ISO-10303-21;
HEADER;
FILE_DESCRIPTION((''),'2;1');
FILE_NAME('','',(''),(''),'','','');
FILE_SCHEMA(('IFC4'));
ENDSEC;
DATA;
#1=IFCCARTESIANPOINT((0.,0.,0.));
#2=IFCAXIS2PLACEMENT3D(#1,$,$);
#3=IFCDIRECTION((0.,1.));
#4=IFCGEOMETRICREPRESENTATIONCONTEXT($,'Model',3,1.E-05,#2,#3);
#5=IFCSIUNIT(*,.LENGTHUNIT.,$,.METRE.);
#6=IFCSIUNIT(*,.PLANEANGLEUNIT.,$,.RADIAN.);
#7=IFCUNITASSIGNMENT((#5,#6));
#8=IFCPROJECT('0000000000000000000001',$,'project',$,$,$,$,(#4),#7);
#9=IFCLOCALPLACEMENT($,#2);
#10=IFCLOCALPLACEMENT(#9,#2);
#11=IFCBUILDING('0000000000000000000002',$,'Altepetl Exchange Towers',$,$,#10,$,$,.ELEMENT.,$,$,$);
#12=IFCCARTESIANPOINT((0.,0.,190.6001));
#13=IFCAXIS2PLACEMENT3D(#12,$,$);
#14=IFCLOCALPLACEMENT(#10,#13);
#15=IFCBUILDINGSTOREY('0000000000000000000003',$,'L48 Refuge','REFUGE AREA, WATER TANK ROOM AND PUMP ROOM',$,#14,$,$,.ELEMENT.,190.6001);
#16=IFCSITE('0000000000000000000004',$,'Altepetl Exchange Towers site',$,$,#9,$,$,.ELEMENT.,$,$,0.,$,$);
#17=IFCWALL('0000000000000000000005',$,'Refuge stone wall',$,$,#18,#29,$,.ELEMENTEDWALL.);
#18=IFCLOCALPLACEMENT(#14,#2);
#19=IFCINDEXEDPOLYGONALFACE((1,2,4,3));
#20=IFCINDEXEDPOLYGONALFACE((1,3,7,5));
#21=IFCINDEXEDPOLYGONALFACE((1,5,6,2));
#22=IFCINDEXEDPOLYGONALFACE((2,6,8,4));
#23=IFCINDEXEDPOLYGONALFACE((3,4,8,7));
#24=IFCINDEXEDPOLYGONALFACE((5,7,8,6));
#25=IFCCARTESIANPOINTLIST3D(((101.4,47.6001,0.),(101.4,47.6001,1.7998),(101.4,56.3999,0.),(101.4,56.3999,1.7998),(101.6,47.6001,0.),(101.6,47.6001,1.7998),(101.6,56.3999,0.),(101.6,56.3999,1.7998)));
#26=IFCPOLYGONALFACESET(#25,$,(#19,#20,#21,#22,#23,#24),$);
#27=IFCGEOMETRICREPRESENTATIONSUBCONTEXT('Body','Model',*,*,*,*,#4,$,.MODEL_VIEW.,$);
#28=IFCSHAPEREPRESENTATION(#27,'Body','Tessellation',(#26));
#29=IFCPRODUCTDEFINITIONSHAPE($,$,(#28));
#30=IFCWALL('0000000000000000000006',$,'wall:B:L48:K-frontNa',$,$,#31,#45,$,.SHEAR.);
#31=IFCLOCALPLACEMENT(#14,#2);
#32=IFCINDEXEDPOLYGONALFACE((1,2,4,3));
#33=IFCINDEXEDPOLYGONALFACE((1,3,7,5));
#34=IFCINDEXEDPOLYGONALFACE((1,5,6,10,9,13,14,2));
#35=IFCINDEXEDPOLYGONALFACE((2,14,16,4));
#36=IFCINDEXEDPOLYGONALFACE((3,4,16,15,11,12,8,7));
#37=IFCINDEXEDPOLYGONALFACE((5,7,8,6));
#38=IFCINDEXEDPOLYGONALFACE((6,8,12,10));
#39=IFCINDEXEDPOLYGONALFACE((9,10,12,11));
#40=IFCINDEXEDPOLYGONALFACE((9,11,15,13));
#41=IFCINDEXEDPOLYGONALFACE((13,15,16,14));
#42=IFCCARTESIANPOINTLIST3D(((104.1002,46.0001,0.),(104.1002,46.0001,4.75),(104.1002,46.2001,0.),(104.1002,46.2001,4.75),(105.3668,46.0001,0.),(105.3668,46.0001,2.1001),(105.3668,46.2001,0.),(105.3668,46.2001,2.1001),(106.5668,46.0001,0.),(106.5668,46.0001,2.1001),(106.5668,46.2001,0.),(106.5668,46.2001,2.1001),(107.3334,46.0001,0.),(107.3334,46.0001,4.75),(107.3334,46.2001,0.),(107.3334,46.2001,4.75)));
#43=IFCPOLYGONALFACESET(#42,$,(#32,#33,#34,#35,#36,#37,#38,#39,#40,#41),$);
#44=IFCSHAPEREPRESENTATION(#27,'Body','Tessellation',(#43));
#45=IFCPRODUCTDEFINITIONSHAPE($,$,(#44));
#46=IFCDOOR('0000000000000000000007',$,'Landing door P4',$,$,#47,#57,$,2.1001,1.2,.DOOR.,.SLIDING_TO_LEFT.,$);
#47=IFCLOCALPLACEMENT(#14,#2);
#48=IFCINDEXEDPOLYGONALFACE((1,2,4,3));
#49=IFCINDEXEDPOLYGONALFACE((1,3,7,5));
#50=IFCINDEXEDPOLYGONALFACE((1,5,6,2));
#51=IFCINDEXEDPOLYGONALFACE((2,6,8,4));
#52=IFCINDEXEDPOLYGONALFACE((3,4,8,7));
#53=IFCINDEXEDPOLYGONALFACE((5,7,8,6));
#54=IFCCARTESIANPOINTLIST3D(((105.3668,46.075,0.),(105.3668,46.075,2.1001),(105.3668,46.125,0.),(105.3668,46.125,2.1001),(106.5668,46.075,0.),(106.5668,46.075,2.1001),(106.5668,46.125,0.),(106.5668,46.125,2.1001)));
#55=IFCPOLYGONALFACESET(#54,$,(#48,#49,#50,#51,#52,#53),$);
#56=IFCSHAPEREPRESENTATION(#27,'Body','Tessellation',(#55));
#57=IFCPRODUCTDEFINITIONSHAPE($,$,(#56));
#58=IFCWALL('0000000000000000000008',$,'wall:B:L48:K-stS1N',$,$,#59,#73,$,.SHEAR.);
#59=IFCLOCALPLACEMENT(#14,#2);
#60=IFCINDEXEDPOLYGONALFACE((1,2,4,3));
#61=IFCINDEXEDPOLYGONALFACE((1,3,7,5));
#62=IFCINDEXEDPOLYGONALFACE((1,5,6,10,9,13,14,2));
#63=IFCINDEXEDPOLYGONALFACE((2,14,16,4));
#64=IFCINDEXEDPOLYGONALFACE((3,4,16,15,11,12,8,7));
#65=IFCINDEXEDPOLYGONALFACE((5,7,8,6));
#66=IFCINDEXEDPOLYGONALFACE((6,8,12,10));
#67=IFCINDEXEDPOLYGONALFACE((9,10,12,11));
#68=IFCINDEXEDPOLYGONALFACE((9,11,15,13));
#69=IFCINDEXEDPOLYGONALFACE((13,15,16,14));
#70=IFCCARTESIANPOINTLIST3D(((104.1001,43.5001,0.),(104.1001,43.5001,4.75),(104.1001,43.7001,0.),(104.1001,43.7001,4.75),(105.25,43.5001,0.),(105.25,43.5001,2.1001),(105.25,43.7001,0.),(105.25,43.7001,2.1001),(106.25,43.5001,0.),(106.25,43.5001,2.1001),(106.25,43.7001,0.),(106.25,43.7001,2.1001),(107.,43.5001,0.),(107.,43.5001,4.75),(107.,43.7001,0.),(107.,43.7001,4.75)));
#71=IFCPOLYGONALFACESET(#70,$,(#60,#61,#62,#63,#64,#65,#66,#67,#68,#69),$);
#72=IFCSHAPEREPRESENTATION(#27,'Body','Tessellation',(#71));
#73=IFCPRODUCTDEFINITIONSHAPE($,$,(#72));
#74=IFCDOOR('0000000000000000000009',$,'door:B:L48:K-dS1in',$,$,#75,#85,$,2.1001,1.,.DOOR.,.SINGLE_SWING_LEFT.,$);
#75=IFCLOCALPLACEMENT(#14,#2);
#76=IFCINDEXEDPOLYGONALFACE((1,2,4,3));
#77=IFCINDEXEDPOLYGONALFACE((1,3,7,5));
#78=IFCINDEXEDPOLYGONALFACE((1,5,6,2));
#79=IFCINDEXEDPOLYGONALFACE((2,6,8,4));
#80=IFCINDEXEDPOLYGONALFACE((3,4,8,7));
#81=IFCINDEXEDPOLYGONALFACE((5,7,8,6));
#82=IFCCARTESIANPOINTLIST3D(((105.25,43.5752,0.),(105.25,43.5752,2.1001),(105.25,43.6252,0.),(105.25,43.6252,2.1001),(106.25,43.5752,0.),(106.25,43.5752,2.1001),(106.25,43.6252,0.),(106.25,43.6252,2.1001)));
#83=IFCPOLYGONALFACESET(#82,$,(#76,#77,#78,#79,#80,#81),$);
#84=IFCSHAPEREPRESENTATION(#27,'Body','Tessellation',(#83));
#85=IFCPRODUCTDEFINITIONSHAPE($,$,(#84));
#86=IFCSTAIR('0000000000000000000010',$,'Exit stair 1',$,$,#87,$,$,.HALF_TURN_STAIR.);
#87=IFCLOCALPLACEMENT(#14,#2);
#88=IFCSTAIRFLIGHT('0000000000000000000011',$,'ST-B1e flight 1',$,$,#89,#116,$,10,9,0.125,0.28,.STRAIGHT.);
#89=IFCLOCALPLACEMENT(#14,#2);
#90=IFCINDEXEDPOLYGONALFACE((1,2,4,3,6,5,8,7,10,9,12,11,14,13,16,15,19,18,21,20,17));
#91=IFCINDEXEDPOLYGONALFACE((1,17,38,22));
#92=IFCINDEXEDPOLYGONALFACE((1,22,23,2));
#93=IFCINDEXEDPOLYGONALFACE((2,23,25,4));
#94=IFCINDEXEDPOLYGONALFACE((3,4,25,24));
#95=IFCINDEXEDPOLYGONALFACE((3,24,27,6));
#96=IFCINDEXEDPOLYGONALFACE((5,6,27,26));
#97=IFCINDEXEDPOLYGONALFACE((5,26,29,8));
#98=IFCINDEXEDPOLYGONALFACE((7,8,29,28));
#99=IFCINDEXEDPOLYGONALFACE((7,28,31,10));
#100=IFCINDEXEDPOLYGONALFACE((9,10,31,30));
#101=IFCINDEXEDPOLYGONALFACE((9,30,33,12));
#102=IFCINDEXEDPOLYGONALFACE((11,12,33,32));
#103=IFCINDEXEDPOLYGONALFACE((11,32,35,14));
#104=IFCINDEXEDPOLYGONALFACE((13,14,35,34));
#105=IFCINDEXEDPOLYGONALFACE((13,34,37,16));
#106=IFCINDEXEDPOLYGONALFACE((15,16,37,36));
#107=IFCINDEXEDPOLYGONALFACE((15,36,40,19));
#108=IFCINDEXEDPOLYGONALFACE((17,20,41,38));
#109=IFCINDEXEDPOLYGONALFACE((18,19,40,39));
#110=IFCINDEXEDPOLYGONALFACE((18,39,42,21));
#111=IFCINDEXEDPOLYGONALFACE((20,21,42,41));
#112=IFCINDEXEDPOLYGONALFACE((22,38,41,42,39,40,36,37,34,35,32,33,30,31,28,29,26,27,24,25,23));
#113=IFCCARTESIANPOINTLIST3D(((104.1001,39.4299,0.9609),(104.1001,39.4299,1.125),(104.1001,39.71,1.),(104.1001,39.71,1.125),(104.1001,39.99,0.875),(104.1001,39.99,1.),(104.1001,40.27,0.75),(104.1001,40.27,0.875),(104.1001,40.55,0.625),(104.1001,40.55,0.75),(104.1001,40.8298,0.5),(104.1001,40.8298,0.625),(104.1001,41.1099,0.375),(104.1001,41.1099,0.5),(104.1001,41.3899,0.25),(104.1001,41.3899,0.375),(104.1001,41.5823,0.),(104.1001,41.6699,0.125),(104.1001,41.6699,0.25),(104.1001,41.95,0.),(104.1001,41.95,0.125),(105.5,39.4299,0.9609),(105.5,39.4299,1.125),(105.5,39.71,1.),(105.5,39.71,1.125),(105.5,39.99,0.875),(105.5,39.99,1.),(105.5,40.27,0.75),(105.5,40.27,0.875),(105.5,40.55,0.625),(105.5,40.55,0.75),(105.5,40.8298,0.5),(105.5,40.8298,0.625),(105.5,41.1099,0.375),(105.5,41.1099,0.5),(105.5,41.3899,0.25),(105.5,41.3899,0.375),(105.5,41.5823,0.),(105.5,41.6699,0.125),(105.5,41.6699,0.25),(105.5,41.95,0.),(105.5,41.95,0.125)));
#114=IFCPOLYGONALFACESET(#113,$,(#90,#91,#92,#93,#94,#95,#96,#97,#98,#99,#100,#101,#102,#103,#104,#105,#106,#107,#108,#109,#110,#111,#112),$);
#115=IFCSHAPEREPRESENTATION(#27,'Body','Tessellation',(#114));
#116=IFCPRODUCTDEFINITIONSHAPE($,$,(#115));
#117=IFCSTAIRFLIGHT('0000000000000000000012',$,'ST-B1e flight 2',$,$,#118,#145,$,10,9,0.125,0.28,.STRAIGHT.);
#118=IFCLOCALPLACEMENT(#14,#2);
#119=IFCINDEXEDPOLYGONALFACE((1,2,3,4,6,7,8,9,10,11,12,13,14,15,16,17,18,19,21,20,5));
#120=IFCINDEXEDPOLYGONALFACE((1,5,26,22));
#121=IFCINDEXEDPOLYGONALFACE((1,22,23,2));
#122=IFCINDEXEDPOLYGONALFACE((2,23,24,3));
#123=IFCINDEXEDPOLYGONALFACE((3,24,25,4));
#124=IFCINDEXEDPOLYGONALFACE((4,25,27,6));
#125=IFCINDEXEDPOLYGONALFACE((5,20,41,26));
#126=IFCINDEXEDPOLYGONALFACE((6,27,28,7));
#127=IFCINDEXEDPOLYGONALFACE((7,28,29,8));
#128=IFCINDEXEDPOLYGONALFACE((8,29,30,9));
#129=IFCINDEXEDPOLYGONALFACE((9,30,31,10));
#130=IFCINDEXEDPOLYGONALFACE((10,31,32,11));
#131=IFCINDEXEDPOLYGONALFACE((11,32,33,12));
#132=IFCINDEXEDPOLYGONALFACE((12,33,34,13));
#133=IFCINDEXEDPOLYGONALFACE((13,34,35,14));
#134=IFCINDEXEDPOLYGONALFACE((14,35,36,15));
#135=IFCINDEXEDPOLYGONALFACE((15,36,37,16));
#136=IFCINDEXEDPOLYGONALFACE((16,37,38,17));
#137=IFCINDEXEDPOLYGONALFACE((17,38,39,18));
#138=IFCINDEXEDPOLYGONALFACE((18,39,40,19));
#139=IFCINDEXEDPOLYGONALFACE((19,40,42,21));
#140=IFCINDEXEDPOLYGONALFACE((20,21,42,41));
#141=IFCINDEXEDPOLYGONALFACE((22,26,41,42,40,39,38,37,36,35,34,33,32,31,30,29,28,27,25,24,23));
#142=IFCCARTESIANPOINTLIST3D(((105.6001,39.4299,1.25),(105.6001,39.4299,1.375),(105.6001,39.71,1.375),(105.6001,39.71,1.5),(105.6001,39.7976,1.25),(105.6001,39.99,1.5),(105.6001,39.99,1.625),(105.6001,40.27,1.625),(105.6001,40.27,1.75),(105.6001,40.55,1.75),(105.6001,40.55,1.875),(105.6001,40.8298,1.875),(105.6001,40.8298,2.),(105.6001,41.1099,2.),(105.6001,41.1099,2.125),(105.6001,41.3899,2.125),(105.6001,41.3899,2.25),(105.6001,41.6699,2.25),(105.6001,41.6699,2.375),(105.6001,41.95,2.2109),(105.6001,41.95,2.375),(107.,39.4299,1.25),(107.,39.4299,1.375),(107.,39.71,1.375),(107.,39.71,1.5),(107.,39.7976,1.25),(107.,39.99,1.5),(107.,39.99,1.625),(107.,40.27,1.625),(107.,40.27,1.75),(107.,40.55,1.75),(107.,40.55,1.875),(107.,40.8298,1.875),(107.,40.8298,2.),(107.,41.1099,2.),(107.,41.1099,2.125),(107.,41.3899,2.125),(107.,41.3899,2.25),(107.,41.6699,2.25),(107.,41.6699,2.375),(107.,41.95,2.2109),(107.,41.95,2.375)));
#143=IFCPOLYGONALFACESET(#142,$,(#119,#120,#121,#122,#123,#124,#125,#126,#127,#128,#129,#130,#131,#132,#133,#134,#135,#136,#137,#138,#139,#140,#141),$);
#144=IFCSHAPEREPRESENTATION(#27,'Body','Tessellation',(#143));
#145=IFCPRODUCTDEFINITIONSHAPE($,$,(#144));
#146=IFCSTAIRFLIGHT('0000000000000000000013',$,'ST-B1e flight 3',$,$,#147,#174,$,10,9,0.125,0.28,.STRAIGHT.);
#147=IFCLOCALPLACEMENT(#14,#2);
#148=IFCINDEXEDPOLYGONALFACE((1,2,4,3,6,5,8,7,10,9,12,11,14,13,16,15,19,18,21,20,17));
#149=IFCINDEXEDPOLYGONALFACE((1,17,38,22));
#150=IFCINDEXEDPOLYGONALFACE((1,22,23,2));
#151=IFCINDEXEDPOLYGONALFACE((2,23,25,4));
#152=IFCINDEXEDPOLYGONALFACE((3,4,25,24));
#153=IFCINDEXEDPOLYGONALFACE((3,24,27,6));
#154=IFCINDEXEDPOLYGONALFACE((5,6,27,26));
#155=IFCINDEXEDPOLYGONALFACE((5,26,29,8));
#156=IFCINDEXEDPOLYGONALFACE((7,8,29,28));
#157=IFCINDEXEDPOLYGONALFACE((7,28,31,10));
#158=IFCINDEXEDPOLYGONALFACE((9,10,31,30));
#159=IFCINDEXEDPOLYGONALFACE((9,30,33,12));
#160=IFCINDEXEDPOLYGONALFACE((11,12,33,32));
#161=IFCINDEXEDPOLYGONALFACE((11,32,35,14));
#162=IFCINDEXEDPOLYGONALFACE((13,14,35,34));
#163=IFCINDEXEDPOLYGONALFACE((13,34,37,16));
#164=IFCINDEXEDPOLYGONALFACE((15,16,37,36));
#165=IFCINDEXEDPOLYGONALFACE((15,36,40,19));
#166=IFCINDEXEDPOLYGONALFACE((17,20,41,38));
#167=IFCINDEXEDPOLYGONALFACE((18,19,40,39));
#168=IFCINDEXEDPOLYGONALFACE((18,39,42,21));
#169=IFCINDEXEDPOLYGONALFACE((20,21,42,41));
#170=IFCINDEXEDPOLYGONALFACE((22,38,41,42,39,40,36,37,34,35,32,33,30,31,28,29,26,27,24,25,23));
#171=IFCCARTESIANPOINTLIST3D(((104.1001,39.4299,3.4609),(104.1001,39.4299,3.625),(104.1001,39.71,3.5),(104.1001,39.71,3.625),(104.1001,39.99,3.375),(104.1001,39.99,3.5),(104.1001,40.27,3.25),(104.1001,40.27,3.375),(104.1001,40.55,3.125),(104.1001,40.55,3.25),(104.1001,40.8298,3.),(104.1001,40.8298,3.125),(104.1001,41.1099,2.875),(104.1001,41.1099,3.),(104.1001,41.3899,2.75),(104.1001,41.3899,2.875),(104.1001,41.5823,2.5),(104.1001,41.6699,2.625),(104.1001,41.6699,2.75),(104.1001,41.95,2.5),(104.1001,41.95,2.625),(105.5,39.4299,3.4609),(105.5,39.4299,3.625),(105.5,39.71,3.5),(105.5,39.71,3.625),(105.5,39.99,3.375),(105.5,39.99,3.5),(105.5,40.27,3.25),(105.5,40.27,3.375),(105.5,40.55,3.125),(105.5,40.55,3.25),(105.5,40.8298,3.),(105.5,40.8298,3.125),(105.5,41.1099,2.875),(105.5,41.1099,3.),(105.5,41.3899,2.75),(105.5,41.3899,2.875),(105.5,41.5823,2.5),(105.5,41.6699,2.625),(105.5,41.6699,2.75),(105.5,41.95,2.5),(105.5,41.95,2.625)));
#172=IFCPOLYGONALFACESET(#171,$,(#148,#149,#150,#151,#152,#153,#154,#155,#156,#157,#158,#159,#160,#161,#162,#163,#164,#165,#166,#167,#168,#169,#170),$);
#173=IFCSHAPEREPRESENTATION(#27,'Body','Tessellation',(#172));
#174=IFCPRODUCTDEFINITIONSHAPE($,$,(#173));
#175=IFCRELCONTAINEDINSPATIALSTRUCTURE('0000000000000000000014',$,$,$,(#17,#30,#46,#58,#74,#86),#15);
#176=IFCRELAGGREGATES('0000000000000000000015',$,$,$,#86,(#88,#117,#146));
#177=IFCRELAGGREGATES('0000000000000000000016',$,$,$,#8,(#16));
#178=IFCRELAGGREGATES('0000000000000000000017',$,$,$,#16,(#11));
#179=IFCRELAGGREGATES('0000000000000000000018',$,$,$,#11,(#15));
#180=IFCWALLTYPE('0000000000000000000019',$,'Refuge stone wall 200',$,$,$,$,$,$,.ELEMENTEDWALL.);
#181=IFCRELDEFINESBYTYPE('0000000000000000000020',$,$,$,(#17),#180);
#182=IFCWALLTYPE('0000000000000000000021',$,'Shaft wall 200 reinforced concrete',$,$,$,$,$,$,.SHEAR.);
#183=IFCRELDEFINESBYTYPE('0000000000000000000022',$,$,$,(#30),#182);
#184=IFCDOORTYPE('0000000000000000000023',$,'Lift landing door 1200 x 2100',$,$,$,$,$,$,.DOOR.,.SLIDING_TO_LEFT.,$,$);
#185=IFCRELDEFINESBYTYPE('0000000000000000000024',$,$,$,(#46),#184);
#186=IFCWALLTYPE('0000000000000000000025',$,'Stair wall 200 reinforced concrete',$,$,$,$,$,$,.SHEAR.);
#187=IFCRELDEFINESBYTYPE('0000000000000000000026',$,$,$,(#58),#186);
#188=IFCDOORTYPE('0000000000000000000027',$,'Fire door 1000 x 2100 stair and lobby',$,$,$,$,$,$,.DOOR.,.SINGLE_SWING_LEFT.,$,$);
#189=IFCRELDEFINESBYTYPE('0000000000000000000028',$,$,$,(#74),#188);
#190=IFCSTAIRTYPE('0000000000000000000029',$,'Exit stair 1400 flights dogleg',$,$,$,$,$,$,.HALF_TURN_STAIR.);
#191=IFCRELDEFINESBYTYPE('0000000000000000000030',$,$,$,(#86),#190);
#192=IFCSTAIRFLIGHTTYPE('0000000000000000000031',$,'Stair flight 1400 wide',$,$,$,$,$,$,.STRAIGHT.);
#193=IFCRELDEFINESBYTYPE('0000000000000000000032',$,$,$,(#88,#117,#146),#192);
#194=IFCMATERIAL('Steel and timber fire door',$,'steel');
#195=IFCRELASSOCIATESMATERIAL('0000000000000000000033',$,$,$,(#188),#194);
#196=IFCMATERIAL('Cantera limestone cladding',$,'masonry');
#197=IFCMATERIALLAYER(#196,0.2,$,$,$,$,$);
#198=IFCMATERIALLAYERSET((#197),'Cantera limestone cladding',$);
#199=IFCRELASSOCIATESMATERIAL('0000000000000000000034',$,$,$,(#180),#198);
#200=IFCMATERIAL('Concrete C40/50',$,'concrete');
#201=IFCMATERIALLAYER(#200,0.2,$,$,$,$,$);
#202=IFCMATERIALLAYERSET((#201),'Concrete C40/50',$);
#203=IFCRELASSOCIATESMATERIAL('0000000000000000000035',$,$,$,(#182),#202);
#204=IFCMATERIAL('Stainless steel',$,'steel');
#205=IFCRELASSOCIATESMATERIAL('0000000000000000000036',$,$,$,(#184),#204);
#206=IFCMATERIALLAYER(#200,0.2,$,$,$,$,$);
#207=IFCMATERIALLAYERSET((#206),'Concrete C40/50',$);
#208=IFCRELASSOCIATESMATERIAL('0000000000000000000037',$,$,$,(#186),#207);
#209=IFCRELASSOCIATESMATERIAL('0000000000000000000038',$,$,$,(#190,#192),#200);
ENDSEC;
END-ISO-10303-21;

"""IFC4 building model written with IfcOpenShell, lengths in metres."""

from ifc_helpers import new_model, si_unit, direction, frame, frame_2d, origin, place, context, subcontext, project, spatial, polyline, rectangle, outline, extrude, material, layer, layer_set, type_object, element, fill, aggregate, save


model = new_model("IFC4")

# Units and contexts
model_context = context("Model", 3, precision=1e-05, world=origin(), true_north=direction((0.0, 1.0)))
body_context = subcontext(model_context, "Body", "Model", "MODEL_VIEW")
ifc_project = project(units=[si_unit("LENGTHUNIT", "METRE"), si_unit("PLANEANGLEUNIT", "RADIAN")], contexts=[model_context])

# Site, building, storey
site_placement = place(None, origin())
site = spatial("IfcSite", under=ifc_project, at=site_placement, Name="Altepetl Exchange Towers site", CompositionType="ELEMENT", RefElevation=0.0)
building_placement = place(site_placement, origin())
building = spatial("IfcBuilding", under=site, at=building_placement, Name="Altepetl Exchange Towers", CompositionType="ELEMENT")
storey_placement = place(building_placement, frame((0.0, 0.0, 190.6001)))
storey = spatial("IfcBuildingStorey", under=building, at=storey_placement, Name="L48 Refuge", Description="REFUGE AREA, WATER TANK ROOM AND PUMP ROOM", CompositionType="ELEMENT", Elevation=190.6001)

# Shared definitions
ifc_material_1 = material(Name="Steel and timber fire door", Category="steel")
door_type_1 = type_object("IfcDoorType", Name="Fire door 1000 x 2100 stair and lobby", OperationType="SINGLE_SWING_LEFT", PredefinedType="DOOR", material=ifc_material_1)

# Wall
ifc_material_2 = material(Name="Cantera limestone cladding", Category="masonry")
ifc_layer_1 = layer(ifc_material_2, 0.2)
ifc_layer_set_1 = layer_set([ifc_layer_1], Name="Cantera limestone cladding")
wall_type_1 = type_object("IfcWallType", Name="Refuge stone wall 200", PredefinedType="ELEMENTEDWALL", material=ifc_layer_set_1)
wall_1_placement = place(storey_placement, frame((101.5, 47.6001, 0.0), z_axis=(0.0, 0.0, 1.0), x_axis=(0.0, 1.0, 0.0)))
element("IfcWall", 1, at=wall_1_placement, inside=storey, type_object=wall_type_1, Name="Refuge stone wall", PredefinedType="ELEMENTEDWALL", context=body_context, shape_type="SweptSolid", body=[
    extrude(rectangle(XDim=8.7998, YDim=0.2, at=frame_2d((4.3999, 0.0))), origin(), (0.0, 0.0, 1.0), 1.7998),
])

# Walls, openings, doors
ifc_material_3 = material(Name="Concrete C40/50", Category="concrete")
ifc_layer_2 = layer(ifc_material_3, 0.2)
ifc_layer_set_2 = layer_set([ifc_layer_2], Name="Concrete C40/50")
wall_type_2 = type_object("IfcWallType", Name="Shaft wall 200 reinforced concrete", PredefinedType="SHEAR", material=ifc_layer_set_2)
wall_2_placement = place(storey_placement, frame((104.1001, 46.1001, 0.0)))
wall_2 = element("IfcWall", 2, at=wall_2_placement, inside=storey, type_object=wall_type_2, Name="wall:B:L48:K-frontNa", PredefinedType="SHEAR", context=body_context, shape_type="SweptSolid", body=[
    extrude(rectangle(XDim=3.2332, YDim=0.2, at=frame_2d((1.6167, 0.0))), origin(), (0.0, 0.0, 1.0), 4.75),
])
opening_1_placement = place(wall_2_placement, frame((1.2666, 0.0, 0.0)))
opening_1 = element("IfcOpeningElement", 3, at=opening_1_placement, cuts=wall_2, PredefinedType="OPENING", context=body_context, shape_type="SweptSolid", body=[
    extrude(rectangle(XDim=1.2, YDim=2.1001, at=frame_2d((0.6001, 1.05))), frame((0.0, 0.1099, 0.0), z_axis=(0.0, -1.0, 0.0), x_axis=(1.0, 0.0, 0.0)), (0.0, 0.0, 1.0), 0.22),
])
ifc_material_4 = material(Name="Stainless steel", Category="steel")
door_type_2 = type_object("IfcDoorType", Name="Lift landing door 1200 x 2100", OperationType="SLIDING_TO_LEFT", PredefinedType="DOOR", material=ifc_material_4)
door_1_placement = place(opening_1_placement, origin())
door_1 = element("IfcDoor", 4, at=door_1_placement, inside=storey, type_object=door_type_2, Name="Landing door P4", OperationType="SLIDING_TO_LEFT", OverallHeight=2.1001, OverallWidth=1.2, PredefinedType="DOOR", context=body_context, shape_type="SweptSolid", body=[
    extrude(rectangle(XDim=1.2, YDim=2.1001, at=frame_2d((0.6001, 1.05))), frame((0.0, 0.0249, 0.0), z_axis=(0.0, -1.0, 0.0), x_axis=(1.0, 0.0, 0.0)), (0.0, 0.0, 1.0), 0.05),
])
fill(opening_1, door_1)
ifc_layer_3 = layer(ifc_material_3, 0.2)
ifc_layer_set_3 = layer_set([ifc_layer_3], Name="Concrete C40/50")
wall_type_3 = type_object("IfcWallType", Name="Stair wall 200 reinforced concrete", PredefinedType="SHEAR", material=ifc_layer_set_3)
wall_3_placement = place(storey_placement, frame((104.1001, 43.6001, 0.0)))
wall_3 = element("IfcWall", 5, at=wall_3_placement, inside=storey, type_object=wall_type_3, Name="wall:B:L48:K-stS1N", PredefinedType="SHEAR", context=body_context, shape_type="SweptSolid", body=[
    extrude(rectangle(XDim=2.8999, YDim=0.2, at=frame_2d((1.45, 0.0))), origin(), (0.0, 0.0, 1.0), 4.75),
])
opening_2_placement = place(wall_3_placement, frame((1.1499, 0.0, 0.0)))
opening_2 = element("IfcOpeningElement", 6, at=opening_2_placement, cuts=wall_3, PredefinedType="OPENING", context=body_context, shape_type="SweptSolid", body=[
    extrude(rectangle(XDim=1.0, YDim=2.1001, at=frame_2d((0.5, 1.05))), frame((0.0, 0.1099, 0.0), z_axis=(0.0, -1.0, 0.0), x_axis=(1.0, 0.0, 0.0)), (0.0, 0.0, 1.0), 0.22),
])
door_2_placement = place(opening_2_placement, frame((1.0, 0.0, 0.0), x_axis=(-1.0, 0.0, 0.0)))
door_2 = element("IfcDoor", 7, at=door_2_placement, inside=storey, type_object=door_type_1, Name="door:B:L48:K-dS1in", OperationType="SINGLE_SWING_LEFT", OverallHeight=2.1001, OverallWidth=1.0, PredefinedType="DOOR", context=body_context, shape_type="SweptSolid", body=[
    extrude(rectangle(XDim=1.0, YDim=2.1001, at=frame_2d((0.5, 1.05))), frame((0.0, 0.0249, 0.0), z_axis=(0.0, -1.0, 0.0), x_axis=(1.0, 0.0, 0.0)), (0.0, 0.0, 1.0), 0.05),
])
fill(opening_2, door_2)

# Stair, stair flights
stair_type = type_object("IfcStairType", Name="Exit stair 1400 flights dogleg", PredefinedType="HALF_TURN_STAIR", material=ifc_material_3)
stair_placement = place(storey_placement, origin())
stair = element("IfcStair", 8, at=stair_placement, inside=storey, type_object=stair_type, Name="Exit stair 1", PredefinedType="HALF_TURN_STAIR")
stair_flight_type = type_object("IfcStairFlightType", Name="Stair flight 1400 wide", PredefinedType="STRAIGHT", material=ifc_material_3)
stair_flight_1_placement = place(storey_placement, frame((104.8, 41.95, 0.0), z_axis=(0.0, 0.0, 1.0), x_axis=(0.0, -1.0, 0.0)))
stair_flight_1 = element("IfcStairFlight", 9, at=stair_flight_1_placement, type_object=stair_flight_type, Name="ST-B1e flight 1", NumberOfRisers=10, NumberOfTreads=9, PredefinedType="STRAIGHT", RiserHeight=0.125, TreadLength=0.28, context=body_context, shape_type="SweptSolid", body=[
    extrude(outline(polyline([(0.0, 0.0), (0.0, 0.125), (0.28, 0.125), (0.28, 0.25), (0.5601, 0.25), (0.5601, 0.375), (0.8401, 0.375), (0.8401, 0.5), (1.1201, 0.5), (1.1201, 0.625), (1.3999, 0.625), (1.3999, 0.75), (1.6799, 0.75), (1.6799, 0.875), (1.96, 0.875), (1.96, 1.0), (2.24, 1.0), (2.24, 1.125), (2.52, 1.125), (2.52, 1.25), (2.52, 0.9609), (0.3677, 0.0), (0.0, 0.0)])), frame((0.0, 0.7, 0.0), z_axis=(0.0, -1.0, 0.0), x_axis=(1.0, 0.0, 0.0)), (0.0, 0.0, 1.0), 1.3999),
])
stair_flight_2_placement = place(storey_placement, frame((106.3, 39.4299, 1.25), z_axis=(0.0, 0.0, 1.0), x_axis=(0.0, 1.0, 0.0)))
stair_flight_2 = element("IfcStairFlight", 10, at=stair_flight_2_placement, type_object=stair_flight_type, Name="ST-B1e flight 2", NumberOfRisers=10, NumberOfTreads=9, PredefinedType="STRAIGHT", RiserHeight=0.125, TreadLength=0.28, context=body_context, shape_type="SweptSolid", body=[
    extrude(outline(polyline([(0.0, 0.0), (0.0, 0.125), (0.28, 0.125), (0.28, 0.25), (0.5601, 0.25), (0.5601, 0.375), (0.8401, 0.375), (0.8401, 0.5), (1.1201, 0.5), (1.1201, 0.625), (1.3999, 0.625), (1.3999, 0.75), (1.6799, 0.75), (1.6799, 0.875), (1.96, 0.875), (1.96, 1.0), (2.24, 1.0), (2.24, 1.125), (2.52, 1.125), (2.52, 1.25), (2.52, 0.9609), (0.3677, 0.0), (0.0, 0.0)])), frame((0.0, 0.7, 0.0), z_axis=(0.0, -1.0, 0.0), x_axis=(1.0, 0.0, 0.0)), (0.0, 0.0, 1.0), 1.3999),
])
stair_flight_3_placement = place(storey_placement, frame((104.8, 41.95, 2.5), z_axis=(0.0, 0.0, 1.0), x_axis=(0.0, -1.0, 0.0)))
stair_flight_3 = element("IfcStairFlight", 11, at=stair_flight_3_placement, type_object=stair_flight_type, Name="ST-B1e flight 3", NumberOfRisers=10, NumberOfTreads=9, PredefinedType="STRAIGHT", RiserHeight=0.125, TreadLength=0.28, context=body_context, shape_type="SweptSolid", body=[
    extrude(outline(polyline([(0.0, 0.0), (0.0, 0.125), (0.28, 0.125), (0.28, 0.25), (0.5601, 0.25), (0.5601, 0.375), (0.8401, 0.375), (0.8401, 0.5), (1.1201, 0.5), (1.1201, 0.625), (1.3999, 0.625), (1.3999, 0.75), (1.6799, 0.75), (1.6799, 0.875), (1.96, 0.875), (1.96, 1.0), (2.24, 1.0), (2.24, 1.125), (2.52, 1.125), (2.52, 1.25), (2.52, 0.9609), (0.3677, 0.0), (0.0, 0.0)])), frame((0.0, 0.7, 0.0), z_axis=(0.0, -1.0, 0.0), x_axis=(1.0, 0.0, 0.0)), (0.0, 0.0, 1.0), 1.3999),
])
aggregate(stair, [stair_flight_1, stair_flight_2, stair_flight_3])

save(model, "model.ifc")
